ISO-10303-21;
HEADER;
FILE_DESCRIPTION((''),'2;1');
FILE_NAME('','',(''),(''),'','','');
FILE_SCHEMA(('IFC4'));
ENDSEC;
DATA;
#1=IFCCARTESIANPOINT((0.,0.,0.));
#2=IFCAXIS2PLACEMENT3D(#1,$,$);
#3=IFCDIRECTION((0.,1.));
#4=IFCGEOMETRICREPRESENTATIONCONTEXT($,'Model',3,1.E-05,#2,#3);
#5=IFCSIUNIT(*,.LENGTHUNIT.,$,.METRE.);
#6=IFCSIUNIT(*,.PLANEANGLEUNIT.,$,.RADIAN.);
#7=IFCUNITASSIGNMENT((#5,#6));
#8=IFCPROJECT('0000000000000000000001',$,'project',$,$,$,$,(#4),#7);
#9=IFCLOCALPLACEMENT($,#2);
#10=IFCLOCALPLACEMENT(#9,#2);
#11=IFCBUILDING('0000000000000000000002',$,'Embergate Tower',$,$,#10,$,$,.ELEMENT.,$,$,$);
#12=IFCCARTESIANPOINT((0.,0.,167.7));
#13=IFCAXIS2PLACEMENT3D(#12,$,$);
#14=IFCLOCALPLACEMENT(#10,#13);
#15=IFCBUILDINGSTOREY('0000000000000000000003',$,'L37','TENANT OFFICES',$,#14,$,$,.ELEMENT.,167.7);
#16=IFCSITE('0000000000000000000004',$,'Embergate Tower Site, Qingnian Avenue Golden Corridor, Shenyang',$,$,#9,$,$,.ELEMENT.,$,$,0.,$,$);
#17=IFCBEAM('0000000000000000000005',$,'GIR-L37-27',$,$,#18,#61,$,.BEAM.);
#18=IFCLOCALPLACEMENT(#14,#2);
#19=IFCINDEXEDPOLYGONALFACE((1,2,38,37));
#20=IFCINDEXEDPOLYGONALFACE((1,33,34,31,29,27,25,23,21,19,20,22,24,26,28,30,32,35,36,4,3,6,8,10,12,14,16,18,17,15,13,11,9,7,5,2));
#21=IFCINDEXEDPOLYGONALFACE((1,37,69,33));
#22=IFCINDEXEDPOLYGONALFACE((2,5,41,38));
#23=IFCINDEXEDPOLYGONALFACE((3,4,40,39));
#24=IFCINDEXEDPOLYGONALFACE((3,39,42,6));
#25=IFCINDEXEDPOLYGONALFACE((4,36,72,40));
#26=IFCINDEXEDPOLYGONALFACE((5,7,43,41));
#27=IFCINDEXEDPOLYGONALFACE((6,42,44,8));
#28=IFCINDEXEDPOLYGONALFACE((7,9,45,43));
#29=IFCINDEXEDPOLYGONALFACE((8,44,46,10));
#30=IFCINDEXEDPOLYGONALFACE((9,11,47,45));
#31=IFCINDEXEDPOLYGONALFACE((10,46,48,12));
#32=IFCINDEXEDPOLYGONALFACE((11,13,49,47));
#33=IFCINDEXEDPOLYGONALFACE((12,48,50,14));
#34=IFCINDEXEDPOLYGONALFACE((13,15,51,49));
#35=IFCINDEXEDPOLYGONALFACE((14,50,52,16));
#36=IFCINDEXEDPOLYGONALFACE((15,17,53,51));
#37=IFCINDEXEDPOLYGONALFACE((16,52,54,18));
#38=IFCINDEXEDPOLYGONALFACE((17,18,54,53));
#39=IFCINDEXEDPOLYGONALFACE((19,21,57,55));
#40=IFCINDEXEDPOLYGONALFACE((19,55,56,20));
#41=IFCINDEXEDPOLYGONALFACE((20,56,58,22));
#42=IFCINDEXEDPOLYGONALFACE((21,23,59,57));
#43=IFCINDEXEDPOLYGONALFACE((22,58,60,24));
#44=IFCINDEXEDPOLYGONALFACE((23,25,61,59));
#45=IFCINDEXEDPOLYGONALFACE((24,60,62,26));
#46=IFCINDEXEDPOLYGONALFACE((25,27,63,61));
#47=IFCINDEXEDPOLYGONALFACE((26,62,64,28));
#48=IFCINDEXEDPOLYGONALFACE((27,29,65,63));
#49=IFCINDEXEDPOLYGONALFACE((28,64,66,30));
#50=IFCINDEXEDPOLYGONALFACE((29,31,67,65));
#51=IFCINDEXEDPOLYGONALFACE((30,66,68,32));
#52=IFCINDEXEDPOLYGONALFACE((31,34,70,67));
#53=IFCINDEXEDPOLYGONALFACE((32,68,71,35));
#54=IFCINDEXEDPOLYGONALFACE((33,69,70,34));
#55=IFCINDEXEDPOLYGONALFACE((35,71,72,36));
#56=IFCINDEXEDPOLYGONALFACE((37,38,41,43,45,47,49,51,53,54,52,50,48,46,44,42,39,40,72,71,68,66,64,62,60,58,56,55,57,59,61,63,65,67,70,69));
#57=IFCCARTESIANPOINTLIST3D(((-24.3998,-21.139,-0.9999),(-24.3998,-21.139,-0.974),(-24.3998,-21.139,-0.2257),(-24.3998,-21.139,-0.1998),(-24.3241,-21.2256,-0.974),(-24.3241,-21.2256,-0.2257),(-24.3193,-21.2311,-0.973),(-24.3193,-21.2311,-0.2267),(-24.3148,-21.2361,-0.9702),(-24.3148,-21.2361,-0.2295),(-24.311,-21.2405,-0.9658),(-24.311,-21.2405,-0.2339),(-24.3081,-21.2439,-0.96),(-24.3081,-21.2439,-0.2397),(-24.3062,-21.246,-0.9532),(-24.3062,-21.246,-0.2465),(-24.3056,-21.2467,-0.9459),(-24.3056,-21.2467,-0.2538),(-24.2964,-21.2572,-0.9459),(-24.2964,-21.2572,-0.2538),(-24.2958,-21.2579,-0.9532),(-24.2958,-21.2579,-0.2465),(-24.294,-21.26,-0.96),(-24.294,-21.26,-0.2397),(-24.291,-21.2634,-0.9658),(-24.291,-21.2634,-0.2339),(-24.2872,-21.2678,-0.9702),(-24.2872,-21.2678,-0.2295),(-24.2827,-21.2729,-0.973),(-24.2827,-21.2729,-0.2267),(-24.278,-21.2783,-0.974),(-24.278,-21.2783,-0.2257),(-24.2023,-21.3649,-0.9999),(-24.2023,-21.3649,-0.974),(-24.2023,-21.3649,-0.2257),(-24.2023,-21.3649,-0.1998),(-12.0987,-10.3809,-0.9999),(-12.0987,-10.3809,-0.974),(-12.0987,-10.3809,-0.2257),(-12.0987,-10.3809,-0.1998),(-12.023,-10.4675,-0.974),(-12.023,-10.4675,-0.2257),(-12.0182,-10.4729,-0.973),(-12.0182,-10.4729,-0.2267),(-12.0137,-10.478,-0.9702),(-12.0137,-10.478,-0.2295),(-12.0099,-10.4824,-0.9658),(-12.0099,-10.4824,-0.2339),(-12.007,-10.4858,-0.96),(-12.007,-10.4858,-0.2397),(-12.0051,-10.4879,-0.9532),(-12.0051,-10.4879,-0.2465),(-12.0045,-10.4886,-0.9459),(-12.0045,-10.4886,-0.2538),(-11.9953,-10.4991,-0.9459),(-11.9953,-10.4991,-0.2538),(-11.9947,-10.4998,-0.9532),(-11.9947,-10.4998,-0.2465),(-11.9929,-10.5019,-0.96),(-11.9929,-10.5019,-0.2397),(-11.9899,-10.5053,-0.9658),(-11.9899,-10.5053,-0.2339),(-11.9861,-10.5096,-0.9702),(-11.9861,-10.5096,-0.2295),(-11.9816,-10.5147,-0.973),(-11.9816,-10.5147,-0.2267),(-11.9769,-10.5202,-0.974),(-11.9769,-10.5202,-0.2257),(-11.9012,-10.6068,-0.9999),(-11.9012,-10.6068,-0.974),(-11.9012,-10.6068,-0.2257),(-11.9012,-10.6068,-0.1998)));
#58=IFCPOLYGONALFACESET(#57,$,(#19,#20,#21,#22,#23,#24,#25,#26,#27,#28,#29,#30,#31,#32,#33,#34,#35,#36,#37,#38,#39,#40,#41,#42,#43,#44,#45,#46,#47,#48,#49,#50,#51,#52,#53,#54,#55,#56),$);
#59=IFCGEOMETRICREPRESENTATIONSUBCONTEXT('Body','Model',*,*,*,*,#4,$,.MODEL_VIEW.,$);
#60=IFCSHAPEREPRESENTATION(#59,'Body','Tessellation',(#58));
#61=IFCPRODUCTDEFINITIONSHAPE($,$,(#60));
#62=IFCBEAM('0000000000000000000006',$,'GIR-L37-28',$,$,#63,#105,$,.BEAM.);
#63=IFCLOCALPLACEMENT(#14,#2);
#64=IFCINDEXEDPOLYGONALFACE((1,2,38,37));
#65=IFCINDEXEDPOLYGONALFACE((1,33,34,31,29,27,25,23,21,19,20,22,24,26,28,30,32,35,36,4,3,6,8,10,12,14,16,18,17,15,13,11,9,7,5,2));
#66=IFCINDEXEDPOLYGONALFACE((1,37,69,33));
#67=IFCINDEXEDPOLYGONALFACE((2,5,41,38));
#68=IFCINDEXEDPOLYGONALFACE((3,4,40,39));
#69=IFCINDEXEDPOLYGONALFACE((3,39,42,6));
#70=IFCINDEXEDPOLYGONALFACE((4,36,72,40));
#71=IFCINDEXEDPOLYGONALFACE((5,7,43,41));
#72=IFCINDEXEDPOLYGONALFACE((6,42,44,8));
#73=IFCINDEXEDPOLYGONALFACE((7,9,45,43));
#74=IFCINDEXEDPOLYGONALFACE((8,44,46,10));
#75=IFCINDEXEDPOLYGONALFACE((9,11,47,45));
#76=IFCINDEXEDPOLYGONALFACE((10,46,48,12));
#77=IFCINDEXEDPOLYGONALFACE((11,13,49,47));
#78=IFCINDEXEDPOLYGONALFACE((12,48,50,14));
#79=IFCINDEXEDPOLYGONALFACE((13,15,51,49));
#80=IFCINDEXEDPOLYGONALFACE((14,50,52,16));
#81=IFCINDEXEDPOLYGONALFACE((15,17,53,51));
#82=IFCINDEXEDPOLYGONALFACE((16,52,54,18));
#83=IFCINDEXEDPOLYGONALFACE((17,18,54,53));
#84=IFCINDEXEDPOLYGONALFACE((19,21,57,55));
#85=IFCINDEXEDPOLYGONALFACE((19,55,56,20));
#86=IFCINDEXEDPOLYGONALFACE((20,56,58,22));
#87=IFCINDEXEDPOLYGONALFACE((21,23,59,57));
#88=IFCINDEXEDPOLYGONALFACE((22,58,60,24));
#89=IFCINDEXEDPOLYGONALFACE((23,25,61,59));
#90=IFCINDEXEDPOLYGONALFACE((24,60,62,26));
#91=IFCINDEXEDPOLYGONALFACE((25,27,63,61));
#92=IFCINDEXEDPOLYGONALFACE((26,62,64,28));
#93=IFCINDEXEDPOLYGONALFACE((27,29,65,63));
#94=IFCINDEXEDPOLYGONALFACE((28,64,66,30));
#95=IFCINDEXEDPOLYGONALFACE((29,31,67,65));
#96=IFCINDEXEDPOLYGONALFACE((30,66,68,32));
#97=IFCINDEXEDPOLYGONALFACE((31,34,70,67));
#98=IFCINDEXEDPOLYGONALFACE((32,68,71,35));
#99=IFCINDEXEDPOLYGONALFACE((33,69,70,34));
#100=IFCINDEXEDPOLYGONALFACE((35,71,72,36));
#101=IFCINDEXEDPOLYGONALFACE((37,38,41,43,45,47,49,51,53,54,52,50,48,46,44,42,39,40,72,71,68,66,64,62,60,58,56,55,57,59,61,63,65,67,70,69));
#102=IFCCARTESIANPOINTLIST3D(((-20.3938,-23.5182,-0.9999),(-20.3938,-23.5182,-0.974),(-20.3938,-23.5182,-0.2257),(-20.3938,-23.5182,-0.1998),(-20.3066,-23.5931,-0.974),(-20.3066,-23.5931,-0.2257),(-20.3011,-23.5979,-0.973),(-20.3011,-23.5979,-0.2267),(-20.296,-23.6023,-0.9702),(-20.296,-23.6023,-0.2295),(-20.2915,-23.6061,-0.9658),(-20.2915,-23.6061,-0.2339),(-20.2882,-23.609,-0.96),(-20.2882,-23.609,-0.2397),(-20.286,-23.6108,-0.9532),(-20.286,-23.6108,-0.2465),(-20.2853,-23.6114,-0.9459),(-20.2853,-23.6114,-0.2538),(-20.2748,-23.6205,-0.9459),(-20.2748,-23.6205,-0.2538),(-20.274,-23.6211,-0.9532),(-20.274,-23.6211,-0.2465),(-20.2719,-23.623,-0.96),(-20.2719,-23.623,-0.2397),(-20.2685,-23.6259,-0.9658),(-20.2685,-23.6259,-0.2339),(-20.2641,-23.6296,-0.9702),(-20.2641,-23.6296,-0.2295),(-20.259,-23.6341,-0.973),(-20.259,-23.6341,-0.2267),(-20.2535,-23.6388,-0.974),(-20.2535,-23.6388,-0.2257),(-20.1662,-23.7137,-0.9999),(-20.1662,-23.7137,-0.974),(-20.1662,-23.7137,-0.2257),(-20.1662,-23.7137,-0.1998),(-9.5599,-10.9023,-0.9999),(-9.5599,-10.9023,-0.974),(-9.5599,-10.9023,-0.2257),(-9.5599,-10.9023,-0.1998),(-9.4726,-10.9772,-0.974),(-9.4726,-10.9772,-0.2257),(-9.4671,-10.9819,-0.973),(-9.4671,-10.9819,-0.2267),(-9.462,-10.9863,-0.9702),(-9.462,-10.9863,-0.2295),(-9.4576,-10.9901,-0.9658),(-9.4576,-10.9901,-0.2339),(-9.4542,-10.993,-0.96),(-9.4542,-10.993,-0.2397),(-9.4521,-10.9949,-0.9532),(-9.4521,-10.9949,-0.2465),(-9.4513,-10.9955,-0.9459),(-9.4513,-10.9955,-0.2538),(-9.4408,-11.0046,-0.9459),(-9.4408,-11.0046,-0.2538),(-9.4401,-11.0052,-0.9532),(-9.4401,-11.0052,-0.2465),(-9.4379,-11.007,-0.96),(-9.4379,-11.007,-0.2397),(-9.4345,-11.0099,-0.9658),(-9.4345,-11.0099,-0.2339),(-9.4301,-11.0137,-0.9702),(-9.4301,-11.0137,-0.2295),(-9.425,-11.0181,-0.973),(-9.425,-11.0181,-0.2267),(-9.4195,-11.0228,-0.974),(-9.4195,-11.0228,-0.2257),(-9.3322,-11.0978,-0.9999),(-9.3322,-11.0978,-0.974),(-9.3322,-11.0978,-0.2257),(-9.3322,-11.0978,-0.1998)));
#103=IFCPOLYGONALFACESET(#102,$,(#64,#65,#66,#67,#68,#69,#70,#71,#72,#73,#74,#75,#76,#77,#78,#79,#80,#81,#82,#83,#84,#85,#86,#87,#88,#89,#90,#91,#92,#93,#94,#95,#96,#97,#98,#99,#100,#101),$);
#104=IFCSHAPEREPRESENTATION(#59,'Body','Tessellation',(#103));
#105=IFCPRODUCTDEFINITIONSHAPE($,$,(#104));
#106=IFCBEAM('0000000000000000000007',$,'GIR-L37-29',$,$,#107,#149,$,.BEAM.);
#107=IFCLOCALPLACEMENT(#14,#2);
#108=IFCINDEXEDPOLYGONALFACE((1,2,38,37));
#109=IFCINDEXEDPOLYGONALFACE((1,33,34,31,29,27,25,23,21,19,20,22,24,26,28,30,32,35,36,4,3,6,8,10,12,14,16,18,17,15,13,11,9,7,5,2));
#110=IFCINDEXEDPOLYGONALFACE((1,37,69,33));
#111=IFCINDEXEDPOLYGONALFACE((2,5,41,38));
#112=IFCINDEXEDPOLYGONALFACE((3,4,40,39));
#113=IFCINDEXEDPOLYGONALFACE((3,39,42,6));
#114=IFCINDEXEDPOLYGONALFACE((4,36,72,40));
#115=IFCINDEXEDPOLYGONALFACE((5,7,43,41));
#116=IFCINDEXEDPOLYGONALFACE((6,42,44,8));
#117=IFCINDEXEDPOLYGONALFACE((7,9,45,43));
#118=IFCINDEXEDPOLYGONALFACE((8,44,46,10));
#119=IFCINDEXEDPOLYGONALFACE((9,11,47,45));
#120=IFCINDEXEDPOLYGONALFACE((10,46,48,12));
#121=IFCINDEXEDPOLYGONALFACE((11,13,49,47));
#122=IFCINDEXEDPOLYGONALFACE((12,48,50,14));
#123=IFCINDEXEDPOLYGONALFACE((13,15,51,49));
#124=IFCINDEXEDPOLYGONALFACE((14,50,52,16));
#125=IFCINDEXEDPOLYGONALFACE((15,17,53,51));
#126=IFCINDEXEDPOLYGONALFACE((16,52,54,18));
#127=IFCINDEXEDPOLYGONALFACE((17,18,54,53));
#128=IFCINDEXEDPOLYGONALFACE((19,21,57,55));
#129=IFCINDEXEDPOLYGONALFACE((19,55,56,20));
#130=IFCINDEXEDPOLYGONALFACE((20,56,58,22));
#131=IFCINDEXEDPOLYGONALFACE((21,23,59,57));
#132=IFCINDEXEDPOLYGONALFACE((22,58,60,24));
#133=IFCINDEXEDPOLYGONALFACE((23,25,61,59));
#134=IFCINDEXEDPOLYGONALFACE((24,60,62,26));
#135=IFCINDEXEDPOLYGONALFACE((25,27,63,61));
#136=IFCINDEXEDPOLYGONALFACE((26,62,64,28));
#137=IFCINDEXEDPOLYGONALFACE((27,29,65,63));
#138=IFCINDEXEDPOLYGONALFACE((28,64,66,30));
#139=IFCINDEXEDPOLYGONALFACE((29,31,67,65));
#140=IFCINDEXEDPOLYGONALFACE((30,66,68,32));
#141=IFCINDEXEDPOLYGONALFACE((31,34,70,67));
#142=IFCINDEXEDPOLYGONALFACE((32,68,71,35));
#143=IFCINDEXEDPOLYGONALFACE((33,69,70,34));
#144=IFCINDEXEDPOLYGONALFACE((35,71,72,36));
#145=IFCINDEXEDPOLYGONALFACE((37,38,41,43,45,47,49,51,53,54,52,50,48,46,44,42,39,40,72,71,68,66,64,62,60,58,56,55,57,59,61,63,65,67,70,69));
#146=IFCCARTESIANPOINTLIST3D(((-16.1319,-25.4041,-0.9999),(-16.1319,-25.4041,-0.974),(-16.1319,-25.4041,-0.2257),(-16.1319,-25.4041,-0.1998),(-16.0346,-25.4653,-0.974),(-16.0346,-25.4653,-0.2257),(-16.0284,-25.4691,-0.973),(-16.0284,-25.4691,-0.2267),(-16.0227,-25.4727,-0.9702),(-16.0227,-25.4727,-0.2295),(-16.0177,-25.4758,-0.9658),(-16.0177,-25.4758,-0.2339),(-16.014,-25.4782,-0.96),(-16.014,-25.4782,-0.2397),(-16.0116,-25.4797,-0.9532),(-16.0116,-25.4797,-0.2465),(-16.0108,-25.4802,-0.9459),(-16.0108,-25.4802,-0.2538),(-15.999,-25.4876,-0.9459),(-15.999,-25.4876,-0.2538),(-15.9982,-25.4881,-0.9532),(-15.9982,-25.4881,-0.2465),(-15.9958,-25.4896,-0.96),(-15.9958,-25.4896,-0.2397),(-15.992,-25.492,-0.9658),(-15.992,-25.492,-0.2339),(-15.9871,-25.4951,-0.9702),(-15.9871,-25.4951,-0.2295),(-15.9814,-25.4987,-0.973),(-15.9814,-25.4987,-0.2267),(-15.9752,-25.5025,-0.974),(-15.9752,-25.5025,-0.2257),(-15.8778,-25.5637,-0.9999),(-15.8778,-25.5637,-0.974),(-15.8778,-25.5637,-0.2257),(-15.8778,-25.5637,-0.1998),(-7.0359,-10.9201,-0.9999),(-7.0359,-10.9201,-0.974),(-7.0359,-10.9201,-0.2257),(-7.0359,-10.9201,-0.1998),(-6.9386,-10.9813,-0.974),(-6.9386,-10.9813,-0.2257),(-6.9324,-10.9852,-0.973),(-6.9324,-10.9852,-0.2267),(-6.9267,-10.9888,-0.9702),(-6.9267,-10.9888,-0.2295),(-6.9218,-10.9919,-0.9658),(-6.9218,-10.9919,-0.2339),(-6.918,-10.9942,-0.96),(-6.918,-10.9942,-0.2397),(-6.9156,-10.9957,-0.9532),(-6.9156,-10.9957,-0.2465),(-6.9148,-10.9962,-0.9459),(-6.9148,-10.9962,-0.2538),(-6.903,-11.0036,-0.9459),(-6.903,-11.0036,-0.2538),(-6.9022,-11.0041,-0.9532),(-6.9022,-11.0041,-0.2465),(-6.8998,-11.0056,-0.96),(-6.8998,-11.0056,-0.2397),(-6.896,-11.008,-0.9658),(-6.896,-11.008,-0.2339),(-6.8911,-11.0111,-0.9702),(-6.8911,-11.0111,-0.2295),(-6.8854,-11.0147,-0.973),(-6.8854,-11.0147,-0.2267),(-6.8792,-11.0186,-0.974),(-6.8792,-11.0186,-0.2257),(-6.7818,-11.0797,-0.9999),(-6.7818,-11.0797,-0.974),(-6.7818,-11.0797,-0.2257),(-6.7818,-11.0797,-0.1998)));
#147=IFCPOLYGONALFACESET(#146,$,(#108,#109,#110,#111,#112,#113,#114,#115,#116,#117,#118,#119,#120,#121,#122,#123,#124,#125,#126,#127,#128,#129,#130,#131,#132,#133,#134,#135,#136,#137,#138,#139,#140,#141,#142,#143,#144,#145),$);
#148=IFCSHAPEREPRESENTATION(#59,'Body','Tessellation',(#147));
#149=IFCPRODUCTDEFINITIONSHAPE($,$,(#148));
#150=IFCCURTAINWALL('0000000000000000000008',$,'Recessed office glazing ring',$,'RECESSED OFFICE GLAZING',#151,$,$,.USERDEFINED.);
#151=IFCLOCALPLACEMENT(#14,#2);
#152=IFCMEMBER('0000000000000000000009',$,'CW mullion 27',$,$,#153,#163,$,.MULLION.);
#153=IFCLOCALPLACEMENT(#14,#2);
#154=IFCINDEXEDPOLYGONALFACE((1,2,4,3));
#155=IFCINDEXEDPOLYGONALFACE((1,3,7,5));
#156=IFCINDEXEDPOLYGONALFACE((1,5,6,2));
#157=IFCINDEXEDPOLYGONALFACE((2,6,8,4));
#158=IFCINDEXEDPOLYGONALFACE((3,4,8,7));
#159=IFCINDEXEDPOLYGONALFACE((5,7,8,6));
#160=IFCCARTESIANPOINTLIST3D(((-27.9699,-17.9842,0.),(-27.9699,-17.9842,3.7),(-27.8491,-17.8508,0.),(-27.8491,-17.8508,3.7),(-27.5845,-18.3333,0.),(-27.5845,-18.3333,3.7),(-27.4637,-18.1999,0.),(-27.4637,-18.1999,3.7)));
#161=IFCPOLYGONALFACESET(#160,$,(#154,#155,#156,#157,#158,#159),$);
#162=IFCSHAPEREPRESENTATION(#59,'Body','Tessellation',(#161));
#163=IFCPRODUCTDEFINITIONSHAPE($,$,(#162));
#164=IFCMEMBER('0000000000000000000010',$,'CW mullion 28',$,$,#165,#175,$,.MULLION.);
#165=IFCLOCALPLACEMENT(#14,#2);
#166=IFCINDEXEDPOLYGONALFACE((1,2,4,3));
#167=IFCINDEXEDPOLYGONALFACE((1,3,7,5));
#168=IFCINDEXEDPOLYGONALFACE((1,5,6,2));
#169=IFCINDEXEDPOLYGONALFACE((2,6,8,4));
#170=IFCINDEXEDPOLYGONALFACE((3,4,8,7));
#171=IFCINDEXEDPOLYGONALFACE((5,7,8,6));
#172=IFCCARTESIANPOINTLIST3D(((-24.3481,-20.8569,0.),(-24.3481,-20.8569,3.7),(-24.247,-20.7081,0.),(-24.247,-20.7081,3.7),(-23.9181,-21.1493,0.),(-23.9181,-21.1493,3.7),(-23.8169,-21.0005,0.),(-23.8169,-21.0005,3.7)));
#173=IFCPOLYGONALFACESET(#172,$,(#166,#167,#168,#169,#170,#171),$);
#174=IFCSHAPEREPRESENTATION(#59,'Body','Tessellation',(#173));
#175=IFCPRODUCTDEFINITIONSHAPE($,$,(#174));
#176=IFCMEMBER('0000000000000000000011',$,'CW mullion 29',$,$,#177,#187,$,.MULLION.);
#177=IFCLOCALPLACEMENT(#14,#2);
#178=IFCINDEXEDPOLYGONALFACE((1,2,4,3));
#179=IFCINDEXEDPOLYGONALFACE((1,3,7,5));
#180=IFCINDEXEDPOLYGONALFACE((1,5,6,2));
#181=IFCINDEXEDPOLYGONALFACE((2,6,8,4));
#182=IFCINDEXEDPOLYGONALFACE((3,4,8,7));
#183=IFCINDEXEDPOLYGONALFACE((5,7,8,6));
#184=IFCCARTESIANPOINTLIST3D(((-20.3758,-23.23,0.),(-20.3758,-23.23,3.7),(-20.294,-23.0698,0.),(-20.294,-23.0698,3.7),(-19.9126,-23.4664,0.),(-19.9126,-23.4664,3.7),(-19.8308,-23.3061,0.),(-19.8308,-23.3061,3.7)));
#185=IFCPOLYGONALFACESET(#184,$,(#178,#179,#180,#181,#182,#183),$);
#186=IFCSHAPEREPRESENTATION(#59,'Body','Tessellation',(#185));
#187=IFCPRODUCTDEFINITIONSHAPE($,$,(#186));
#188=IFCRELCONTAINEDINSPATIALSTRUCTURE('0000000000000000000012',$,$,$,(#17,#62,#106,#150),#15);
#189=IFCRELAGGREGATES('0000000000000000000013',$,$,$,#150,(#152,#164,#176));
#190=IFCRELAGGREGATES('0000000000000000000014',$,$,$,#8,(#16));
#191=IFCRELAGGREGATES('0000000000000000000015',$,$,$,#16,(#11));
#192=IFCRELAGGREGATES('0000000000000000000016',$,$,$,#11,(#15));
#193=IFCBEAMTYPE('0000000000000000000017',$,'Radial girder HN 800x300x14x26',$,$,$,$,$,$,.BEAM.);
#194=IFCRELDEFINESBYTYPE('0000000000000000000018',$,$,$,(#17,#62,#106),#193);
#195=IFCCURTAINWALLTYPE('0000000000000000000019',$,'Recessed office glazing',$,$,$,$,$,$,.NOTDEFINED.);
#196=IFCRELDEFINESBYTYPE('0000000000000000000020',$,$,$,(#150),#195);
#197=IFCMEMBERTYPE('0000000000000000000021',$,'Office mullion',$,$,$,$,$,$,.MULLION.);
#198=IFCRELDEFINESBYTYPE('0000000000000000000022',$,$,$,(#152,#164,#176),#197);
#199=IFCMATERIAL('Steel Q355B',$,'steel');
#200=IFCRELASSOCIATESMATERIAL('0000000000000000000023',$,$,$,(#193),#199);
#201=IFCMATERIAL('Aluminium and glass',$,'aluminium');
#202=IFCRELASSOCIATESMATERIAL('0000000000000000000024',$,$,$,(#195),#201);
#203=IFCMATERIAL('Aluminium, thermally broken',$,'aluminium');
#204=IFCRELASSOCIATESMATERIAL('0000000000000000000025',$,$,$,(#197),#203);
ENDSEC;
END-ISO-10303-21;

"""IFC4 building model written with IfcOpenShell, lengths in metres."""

from ifc_helpers import new_model, si_unit, direction, frame, origin, origin_2d, place, context, subcontext, project, spatial, rectangle, i_section, extrude, source, transform, mapped, material, material_profile, profile_set, type_object, element, aggregate, save


model = new_model("IFC4")

# Units and contexts
model_context = context("Model", 3, precision=1e-05, world=origin(), true_north=direction((0.0, 1.0)))
body_context = subcontext(model_context, "Body", "Model", "MODEL_VIEW")
ifc_project = project(units=[si_unit("LENGTHUNIT", "METRE"), si_unit("PLANEANGLEUNIT", "RADIAN")], contexts=[model_context])

# Site, building, storey
site_placement = place(None, origin())
site = spatial("IfcSite", under=ifc_project, at=site_placement, Name="Embergate Tower Site, Qingnian Avenue Golden Corridor, Shenyang", CompositionType="ELEMENT", RefElevation=0.0)
building_placement = place(site_placement, origin())
building = spatial("IfcBuilding", under=site, at=building_placement, Name="Embergate Tower", CompositionType="ELEMENT")
storey_placement = place(building_placement, frame((0.0, 0.0, 167.7)))
storey = spatial("IfcBuildingStorey", under=building, at=storey_placement, Name="L37", Description="TENANT OFFICES", CompositionType="ELEMENT", Elevation=167.7)

# Beams
ifc_material_1 = material(Name="Steel Q355B", Category="steel")
ifc_material_profile_1 = material_profile(ifc_material_1, i_section(OverallWidth=0.3, OverallDepth=0.8, WebThickness=0.0139, FlangeThickness=0.0259, FilletRadius=0.0281, at=origin_2d()), Name="HN 800x300x14x26")
ifc_profile_set_1 = profile_set([ifc_material_profile_1], Name="Steel Q355 grade B")
beam_type_1 = type_object("IfcBeamType", Name="Radial girder HN 800x300x14x26", PredefinedType="BEAM", material=ifc_profile_set_1)
shared_shape_1 = source(origin(), body_context, "Body", "SweptSolid", [
    extrude(i_section(OverallWidth=0.3, OverallDepth=0.8, WebThickness=0.0139, FlangeThickness=0.0259, FilletRadius=0.0281, at=origin_2d()), origin(), (0.0, 0.0, 1.0), 16.3418),
])
beam_1_placement = place(storey_placement, frame((-24.301, -21.252, -0.5999), z_axis=(0.752739, 0.658319, 0.0), x_axis=(-0.658319, 0.752739, 0.0)))
element("IfcBeam", 1, at=beam_1_placement, inside=storey, type_object=beam_type_1, Name="GIR-L37-27", PredefinedType="BEAM", context=body_context, shape_type="MappedRepresentation", body=[
    mapped(shared_shape_1, transform((0.0, 0.0, 0.0))),
])
shared_shape_2 = source(origin(), body_context, "Body", "SweptSolid", [
    extrude(i_section(OverallWidth=0.3, OverallDepth=0.8, WebThickness=0.0139, FlangeThickness=0.0259, FilletRadius=0.0281, at=origin_2d()), origin(), (0.0, 0.0, 1.0), 16.6294),
])
beam_2_placement = place(storey_placement, frame((-20.28, -23.616, -0.5999), z_axis=(0.651495, 0.758653, 0.0), x_axis=(-0.758653, 0.651495, 0.0)))
element("IfcBeam", 2, at=beam_2_placement, inside=storey, type_object=beam_type_1, Name="GIR-L37-28", PredefinedType="BEAM", context=body_context, shape_type="MappedRepresentation", body=[
    mapped(shared_shape_2, transform((0.0, 0.0, 0.0))),
])
shared_shape_3 = source(origin(), body_context, "Body", "SweptSolid", [
    extrude(i_section(OverallWidth=0.3, OverallDepth=0.8, WebThickness=0.0139, FlangeThickness=0.0259, FilletRadius=0.0281, at=origin_2d()), origin(), (0.0, 0.0, 1.0), 17.1033),
])
beam_3_placement = place(storey_placement, frame((-16.0049, -25.4839, -0.5999), z_axis=(0.531827, 0.846853, 0.0), x_axis=(-0.846853, 0.531827, 0.0)))
element("IfcBeam", 3, at=beam_3_placement, inside=storey, type_object=beam_type_1, Name="GIR-L37-29", PredefinedType="BEAM", context=body_context, shape_type="MappedRepresentation", body=[
    mapped(shared_shape_3, transform((0.0, 0.0, 0.0))),
])

# Curtain wall, members
ifc_material_2 = material(Name="Aluminium and glass", Category="aluminium")
curtain_wall_type = type_object("IfcCurtainWallType", Name="Recessed office glazing", PredefinedType="NOTDEFINED", material=ifc_material_2)
curtain_wall_placement = place(storey_placement, origin())
curtain_wall = element("IfcCurtainWall", 4, at=curtain_wall_placement, inside=storey, type_object=curtain_wall_type, Name="Recessed office glazing ring", ObjectType="RECESSED OFFICE GLAZING", PredefinedType="USERDEFINED")
ifc_material_3 = material(Name="Aluminium, thermally broken", Category="aluminium")
ifc_material_profile_2 = material_profile(ifc_material_3, rectangle(XDim=0.1799, YDim=0.52, at=origin_2d()), Name="AL 520x180")
ifc_profile_set_2 = profile_set([ifc_material_profile_2], Name="Aluminium, thermally broken")
member_type_1 = type_object("IfcMemberType", Name="Office mullion", PredefinedType="MULLION", material=ifc_profile_set_2)
shared_shape_4 = source(origin(), body_context, "Body", "SweptSolid", [
    extrude(rectangle(XDim=0.1799, YDim=0.52, at=origin_2d()), origin(), (0.0, 0.0, 1.0), 3.7),
])
member_1_placement = place(storey_placement, frame((-27.7168, -18.092, 0.0), z_axis=(0.0, 0.0, 1.0), x_axis=(0.671227, 0.741252, 0.0)))
member_1 = element("IfcMember", 5, at=member_1_placement, type_object=member_type_1, Name="CW mullion 27", PredefinedType="MULLION", context=body_context, shape_type="MappedRepresentation", body=[
    mapped(shared_shape_4, transform((0.0, 0.0, 0.0))),
])
member_2_placement = place(storey_placement, frame((-24.0825, -20.9287, 0.0), z_axis=(0.0, 0.0, 1.0), x_axis=(0.562216, 0.82699, 0.0)))
member_2 = element("IfcMember", 6, at=member_2_placement, type_object=member_type_1, Name="CW mullion 28", PredefinedType="MULLION", context=body_context, shape_type="MappedRepresentation", body=[
    mapped(shared_shape_4, transform((0.0, 0.0, 0.0))),
])
member_3_placement = place(storey_placement, frame((-20.1033, -23.2681, 0.0), z_axis=(0.0, 0.0, 1.0), x_axis=(0.45451, 0.890742, 0.0)))
member_3 = element("IfcMember", 7, at=member_3_placement, type_object=member_type_1, Name="CW mullion 29", PredefinedType="MULLION", context=body_context, shape_type="MappedRepresentation", body=[
    mapped(shared_shape_4, transform((0.0, 0.0, 0.0))),
])
aggregate(curtain_wall, [member_1, member_2, member_3])

save(model, "model.ifc")
